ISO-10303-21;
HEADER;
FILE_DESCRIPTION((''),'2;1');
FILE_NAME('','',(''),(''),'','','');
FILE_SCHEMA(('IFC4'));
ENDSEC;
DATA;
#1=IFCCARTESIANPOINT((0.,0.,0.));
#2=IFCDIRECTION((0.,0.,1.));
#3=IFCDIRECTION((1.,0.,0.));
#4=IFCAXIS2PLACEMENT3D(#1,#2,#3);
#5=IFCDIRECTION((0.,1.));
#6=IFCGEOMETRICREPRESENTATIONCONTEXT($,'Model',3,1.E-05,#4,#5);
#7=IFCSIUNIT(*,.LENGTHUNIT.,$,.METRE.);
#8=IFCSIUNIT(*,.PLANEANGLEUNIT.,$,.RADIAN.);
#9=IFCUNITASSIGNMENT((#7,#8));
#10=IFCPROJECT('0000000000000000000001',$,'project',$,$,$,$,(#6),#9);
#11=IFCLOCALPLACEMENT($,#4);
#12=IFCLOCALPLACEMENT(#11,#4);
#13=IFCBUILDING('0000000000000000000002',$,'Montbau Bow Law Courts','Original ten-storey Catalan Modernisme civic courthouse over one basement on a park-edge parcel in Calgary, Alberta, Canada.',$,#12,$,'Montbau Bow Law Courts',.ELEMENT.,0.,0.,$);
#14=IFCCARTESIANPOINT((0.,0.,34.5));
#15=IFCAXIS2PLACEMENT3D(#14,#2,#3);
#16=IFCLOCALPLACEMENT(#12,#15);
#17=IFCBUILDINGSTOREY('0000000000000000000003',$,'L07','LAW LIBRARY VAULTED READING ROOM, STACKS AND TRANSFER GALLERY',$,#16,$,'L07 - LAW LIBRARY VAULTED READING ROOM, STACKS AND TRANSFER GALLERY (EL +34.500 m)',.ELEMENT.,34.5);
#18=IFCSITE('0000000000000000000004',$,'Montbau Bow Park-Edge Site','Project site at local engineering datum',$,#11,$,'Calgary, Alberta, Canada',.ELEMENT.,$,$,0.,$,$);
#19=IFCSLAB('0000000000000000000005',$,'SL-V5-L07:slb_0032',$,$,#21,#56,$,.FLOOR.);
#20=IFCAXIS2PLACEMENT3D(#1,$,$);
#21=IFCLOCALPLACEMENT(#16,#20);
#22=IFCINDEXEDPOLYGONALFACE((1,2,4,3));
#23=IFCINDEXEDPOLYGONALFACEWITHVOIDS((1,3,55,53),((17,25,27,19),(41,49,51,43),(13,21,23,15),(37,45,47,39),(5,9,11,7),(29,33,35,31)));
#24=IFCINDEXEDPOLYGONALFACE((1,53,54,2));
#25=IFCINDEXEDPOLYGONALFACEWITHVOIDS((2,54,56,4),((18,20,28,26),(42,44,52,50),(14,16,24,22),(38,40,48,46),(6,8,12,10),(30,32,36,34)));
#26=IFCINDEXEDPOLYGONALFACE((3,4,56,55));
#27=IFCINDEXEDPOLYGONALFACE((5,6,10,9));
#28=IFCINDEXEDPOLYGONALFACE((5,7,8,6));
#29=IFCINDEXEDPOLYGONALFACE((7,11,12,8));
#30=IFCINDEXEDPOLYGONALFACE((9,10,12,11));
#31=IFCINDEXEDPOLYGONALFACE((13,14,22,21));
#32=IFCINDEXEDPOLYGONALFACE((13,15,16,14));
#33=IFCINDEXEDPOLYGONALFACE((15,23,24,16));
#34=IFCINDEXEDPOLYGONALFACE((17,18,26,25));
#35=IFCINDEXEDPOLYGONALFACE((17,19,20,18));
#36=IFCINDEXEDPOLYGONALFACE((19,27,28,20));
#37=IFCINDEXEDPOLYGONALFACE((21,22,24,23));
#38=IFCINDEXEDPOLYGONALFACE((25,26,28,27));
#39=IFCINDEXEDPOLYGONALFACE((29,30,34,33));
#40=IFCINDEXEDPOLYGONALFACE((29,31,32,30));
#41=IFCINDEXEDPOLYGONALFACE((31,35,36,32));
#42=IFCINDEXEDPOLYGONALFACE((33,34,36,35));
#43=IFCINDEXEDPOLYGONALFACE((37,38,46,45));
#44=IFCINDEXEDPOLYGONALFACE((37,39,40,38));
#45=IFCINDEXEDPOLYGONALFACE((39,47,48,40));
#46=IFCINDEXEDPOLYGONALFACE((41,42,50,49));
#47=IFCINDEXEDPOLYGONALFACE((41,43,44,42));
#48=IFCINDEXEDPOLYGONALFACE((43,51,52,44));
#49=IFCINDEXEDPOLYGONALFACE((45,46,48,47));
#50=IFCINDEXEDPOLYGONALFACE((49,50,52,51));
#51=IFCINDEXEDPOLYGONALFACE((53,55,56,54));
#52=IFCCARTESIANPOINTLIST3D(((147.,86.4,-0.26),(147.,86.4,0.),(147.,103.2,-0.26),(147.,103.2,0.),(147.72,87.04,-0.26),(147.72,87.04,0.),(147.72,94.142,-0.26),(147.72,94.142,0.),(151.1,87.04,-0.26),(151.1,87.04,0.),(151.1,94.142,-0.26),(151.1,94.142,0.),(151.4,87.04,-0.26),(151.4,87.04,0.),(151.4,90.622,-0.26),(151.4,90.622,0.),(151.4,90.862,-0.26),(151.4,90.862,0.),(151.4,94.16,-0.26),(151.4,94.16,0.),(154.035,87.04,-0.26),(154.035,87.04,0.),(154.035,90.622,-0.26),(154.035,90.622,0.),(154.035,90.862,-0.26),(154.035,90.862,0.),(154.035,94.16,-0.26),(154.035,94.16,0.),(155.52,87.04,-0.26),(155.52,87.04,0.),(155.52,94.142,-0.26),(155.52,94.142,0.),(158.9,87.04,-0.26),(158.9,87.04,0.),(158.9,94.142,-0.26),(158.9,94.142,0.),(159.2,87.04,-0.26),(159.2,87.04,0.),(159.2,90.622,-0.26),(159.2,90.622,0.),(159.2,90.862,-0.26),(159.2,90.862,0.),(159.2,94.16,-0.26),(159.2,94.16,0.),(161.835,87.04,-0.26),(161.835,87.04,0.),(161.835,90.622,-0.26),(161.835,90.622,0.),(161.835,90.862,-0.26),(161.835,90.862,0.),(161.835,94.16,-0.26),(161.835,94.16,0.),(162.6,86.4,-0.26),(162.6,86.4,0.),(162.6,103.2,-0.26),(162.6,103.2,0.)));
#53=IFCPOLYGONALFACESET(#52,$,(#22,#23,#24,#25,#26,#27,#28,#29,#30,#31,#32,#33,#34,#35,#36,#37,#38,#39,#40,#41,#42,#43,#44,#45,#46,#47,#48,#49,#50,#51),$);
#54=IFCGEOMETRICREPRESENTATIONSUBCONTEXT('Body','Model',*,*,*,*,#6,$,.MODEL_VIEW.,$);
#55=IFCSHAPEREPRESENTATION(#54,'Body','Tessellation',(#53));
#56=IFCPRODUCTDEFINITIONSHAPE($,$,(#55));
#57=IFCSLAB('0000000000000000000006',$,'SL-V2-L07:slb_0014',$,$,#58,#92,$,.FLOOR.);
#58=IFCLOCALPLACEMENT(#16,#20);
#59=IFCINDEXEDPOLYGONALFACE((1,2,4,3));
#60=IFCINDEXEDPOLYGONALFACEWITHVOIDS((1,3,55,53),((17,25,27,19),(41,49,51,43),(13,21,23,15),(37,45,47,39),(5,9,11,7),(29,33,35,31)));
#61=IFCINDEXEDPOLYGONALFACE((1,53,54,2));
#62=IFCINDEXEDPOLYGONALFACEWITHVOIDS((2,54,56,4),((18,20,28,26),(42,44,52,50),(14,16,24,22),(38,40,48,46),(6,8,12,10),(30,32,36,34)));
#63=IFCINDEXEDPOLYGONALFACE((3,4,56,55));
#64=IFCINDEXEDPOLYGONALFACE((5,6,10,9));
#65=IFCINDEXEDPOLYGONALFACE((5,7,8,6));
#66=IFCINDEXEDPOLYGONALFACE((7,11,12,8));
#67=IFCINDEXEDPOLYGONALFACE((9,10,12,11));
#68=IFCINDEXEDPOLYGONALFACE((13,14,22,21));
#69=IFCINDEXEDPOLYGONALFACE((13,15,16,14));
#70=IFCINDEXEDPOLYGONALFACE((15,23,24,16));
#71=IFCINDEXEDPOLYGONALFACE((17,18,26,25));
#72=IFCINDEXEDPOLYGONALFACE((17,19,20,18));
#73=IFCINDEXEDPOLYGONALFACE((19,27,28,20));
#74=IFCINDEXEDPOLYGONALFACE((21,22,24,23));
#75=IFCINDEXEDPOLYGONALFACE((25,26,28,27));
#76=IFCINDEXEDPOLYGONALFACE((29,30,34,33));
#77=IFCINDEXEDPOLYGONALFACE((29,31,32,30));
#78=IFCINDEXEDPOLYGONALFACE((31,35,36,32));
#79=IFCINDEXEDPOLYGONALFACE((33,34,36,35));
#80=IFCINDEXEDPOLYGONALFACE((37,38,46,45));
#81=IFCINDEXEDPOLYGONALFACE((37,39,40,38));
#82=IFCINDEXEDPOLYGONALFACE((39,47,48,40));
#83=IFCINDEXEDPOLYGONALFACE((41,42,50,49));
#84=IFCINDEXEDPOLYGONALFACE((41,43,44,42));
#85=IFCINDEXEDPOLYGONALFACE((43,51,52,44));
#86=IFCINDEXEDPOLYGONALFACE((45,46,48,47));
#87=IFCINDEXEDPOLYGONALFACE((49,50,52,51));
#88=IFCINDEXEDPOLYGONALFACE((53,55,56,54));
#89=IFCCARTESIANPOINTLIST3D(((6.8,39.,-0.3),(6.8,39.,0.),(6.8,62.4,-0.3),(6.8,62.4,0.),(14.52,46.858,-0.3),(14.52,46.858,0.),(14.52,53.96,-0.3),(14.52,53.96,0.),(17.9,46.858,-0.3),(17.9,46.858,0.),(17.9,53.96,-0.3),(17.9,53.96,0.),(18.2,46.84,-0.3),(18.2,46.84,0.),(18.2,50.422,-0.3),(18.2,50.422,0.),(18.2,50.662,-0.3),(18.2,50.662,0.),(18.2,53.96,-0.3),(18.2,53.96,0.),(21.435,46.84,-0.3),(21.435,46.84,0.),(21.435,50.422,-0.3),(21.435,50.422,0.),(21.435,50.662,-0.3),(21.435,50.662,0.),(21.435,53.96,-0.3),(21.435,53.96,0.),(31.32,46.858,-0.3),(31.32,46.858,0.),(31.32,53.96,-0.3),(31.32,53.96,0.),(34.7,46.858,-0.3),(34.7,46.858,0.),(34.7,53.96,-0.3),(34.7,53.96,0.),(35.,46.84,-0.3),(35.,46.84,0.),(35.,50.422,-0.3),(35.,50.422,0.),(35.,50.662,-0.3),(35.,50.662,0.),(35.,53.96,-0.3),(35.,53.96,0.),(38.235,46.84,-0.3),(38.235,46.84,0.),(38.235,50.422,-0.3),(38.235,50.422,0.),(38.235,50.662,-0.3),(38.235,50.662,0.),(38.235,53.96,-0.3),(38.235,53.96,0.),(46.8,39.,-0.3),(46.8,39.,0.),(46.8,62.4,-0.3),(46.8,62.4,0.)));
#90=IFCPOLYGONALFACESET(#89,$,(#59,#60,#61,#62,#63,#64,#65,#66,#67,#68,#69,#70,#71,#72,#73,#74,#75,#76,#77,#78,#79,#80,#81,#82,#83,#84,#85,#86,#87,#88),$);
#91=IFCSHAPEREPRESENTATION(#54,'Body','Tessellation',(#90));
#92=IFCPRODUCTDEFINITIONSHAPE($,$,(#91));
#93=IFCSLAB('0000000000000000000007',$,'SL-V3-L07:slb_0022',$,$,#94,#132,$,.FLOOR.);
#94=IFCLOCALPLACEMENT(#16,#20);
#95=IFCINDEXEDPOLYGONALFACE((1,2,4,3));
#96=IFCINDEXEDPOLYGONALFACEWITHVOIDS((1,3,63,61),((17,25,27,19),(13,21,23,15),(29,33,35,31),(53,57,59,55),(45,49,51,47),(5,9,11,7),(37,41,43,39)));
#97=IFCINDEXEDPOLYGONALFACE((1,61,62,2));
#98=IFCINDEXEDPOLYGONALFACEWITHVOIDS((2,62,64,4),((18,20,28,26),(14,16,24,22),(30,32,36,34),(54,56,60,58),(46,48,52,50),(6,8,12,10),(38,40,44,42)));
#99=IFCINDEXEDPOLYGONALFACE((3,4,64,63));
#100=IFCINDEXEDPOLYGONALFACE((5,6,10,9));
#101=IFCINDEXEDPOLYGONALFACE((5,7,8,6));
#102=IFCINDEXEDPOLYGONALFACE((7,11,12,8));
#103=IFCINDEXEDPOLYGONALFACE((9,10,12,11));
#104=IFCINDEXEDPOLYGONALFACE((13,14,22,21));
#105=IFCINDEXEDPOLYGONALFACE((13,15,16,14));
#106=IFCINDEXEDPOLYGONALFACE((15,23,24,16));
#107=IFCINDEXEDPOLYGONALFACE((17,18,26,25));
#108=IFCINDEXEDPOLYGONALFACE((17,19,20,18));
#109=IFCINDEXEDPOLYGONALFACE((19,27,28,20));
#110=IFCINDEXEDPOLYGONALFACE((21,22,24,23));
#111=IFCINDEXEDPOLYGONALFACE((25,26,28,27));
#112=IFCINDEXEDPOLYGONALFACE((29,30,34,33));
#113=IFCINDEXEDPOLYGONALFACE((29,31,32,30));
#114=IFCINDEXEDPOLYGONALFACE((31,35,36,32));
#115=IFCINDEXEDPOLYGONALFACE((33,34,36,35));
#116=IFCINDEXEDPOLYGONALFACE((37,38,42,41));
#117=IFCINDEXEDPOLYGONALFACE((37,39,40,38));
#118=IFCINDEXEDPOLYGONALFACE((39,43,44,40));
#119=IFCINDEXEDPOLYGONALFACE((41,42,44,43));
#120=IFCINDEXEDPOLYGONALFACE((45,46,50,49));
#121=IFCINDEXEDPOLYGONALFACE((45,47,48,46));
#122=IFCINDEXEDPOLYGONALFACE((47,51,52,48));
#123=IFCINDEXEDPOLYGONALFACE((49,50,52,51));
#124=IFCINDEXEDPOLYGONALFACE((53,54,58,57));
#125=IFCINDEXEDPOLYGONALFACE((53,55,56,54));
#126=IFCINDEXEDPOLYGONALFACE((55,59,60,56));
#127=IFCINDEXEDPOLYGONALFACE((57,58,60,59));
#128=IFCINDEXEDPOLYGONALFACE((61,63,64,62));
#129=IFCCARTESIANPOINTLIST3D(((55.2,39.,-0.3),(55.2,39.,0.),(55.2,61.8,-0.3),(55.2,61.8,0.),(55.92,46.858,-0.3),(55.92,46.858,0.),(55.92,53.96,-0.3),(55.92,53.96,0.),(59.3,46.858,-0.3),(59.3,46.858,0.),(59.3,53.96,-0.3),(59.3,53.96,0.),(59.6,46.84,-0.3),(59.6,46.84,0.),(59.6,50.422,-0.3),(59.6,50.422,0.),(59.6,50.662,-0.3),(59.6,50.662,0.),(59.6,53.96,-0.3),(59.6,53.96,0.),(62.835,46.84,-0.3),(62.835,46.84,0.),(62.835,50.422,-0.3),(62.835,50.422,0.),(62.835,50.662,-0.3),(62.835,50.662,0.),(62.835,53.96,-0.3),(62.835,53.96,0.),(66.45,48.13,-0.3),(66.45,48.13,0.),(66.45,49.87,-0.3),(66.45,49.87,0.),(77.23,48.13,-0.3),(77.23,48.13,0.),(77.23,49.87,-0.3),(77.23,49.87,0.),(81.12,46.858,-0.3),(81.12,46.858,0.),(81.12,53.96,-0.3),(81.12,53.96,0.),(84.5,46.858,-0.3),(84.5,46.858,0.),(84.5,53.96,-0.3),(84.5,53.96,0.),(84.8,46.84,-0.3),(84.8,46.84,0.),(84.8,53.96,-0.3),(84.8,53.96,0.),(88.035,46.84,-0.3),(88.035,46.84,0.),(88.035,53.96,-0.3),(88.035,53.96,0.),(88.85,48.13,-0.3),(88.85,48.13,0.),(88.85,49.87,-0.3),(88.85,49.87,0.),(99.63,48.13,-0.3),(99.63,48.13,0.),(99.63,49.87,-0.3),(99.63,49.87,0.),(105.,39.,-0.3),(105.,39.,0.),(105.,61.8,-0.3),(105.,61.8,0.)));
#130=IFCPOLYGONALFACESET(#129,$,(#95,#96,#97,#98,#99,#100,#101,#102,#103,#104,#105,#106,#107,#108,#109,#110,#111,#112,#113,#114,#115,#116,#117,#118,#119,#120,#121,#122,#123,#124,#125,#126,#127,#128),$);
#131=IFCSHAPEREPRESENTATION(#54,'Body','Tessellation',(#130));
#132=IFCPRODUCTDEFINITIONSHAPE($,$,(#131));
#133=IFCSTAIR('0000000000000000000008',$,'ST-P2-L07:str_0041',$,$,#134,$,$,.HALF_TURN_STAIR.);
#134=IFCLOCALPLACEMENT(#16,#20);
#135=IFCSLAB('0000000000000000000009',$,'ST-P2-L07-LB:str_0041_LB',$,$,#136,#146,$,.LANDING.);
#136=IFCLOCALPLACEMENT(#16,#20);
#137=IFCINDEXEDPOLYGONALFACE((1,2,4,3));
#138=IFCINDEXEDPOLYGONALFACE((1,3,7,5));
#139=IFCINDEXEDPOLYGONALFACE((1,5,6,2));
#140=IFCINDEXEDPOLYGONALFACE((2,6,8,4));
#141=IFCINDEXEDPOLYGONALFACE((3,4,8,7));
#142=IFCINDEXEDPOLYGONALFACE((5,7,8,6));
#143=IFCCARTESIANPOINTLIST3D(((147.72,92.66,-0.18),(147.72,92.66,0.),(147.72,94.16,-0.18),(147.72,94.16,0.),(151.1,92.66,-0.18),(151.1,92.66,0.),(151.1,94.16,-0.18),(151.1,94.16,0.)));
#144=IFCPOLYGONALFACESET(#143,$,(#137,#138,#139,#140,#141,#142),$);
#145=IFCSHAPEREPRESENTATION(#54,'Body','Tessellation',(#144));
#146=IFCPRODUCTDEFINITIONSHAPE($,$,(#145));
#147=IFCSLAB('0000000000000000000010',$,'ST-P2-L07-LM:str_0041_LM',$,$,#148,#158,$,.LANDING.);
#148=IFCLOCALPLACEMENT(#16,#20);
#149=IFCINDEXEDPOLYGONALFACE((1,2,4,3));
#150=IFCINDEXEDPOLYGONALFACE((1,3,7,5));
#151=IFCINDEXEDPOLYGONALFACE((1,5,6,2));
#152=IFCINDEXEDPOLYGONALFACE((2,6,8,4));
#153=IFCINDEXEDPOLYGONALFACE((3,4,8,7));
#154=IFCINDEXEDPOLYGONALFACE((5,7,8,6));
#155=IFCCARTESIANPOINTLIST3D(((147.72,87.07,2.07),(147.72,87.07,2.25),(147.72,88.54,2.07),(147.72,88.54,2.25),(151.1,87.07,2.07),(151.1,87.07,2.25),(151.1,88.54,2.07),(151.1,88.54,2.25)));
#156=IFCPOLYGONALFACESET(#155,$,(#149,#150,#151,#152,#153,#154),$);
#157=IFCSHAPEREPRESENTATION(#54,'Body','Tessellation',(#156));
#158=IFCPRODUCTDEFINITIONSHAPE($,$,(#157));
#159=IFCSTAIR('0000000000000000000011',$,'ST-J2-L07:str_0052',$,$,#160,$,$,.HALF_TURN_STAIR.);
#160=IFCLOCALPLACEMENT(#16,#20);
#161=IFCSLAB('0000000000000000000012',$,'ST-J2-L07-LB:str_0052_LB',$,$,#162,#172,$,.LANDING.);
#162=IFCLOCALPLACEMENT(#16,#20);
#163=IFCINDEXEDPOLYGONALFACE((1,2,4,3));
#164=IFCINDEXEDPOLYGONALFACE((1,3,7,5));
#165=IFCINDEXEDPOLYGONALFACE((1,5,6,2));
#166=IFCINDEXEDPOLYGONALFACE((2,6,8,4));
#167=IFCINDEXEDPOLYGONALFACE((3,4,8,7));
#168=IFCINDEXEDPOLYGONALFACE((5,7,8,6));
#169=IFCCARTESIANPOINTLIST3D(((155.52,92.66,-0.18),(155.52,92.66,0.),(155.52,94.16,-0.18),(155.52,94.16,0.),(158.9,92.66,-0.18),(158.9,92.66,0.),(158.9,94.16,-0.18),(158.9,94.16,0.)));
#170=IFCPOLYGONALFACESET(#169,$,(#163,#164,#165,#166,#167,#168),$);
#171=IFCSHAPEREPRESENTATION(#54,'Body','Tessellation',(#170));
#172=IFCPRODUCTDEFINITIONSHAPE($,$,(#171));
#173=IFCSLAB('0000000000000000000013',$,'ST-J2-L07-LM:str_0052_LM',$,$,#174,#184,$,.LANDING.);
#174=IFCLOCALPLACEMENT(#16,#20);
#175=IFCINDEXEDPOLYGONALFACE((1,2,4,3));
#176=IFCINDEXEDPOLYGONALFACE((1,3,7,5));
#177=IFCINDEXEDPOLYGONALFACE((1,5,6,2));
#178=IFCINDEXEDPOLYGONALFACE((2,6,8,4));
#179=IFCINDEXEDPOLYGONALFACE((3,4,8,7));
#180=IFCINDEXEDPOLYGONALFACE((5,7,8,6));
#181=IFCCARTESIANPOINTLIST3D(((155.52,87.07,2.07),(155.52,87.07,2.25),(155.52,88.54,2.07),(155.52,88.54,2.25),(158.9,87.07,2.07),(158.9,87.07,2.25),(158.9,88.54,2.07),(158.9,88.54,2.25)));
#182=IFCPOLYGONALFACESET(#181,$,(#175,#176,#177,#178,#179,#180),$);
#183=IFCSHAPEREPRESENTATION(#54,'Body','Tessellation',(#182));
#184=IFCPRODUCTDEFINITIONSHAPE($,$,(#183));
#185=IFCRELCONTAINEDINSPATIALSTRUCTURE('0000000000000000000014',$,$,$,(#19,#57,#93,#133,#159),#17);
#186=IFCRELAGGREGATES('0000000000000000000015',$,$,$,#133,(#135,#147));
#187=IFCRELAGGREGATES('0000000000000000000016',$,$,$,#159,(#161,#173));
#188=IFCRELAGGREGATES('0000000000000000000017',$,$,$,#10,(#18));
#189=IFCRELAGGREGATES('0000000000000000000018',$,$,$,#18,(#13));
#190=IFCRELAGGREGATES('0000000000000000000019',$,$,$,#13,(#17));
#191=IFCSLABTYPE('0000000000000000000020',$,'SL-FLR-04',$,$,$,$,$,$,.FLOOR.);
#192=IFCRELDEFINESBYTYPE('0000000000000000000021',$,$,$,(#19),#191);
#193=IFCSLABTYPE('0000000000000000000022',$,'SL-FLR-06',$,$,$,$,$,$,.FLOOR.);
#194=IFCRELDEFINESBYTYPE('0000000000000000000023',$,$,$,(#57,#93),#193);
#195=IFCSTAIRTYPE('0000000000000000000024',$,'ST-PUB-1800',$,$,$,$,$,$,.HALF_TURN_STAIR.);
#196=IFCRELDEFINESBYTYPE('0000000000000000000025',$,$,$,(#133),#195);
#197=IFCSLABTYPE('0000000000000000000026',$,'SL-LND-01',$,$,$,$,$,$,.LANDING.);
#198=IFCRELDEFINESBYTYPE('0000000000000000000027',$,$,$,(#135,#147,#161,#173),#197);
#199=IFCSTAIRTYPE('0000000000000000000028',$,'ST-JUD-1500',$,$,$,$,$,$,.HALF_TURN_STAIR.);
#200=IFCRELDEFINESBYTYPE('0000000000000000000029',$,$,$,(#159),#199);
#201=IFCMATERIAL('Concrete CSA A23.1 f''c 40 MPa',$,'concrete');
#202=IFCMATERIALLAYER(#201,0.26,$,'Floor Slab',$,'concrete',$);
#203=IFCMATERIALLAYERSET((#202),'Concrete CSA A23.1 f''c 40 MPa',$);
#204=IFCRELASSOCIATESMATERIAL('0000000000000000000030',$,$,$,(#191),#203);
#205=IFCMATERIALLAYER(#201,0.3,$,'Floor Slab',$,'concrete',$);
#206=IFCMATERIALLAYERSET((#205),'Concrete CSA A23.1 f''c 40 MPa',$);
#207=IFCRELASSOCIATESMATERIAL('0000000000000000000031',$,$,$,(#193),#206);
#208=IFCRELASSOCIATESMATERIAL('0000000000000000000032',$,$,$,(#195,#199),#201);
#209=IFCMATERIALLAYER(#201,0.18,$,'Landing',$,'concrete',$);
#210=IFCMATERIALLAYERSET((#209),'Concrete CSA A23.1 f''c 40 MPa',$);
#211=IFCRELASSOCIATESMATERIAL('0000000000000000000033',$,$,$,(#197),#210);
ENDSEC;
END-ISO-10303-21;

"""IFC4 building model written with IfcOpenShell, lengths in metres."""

from ifc_helpers import new_model, si_unit, direction, frame, origin_with_axes, place, context, subcontext, project, spatial, polyline, outline, extrude, material, layer, layer_set, type_object, element, aggregate, save


model = new_model("IFC4")

# Units and contexts
model_context = context("Model", 3, precision=1e-05, world=origin_with_axes(), true_north=direction((0.0, 1.0)))
body_context = subcontext(model_context, "Body", "Model", "MODEL_VIEW")
ifc_project = project(units=[si_unit("LENGTHUNIT", "METRE"), si_unit("PLANEANGLEUNIT", "RADIAN")], contexts=[model_context])

# Site, building, storey
site_placement = place(None, origin_with_axes())
site = spatial("IfcSite", under=ifc_project, at=site_placement, Name="Montbau Bow Park-Edge Site", Description="Project site at local engineering datum", LongName="Calgary, Alberta, Canada", CompositionType="ELEMENT", RefElevation=0.0)
building_placement = place(site_placement, origin_with_axes())
building = spatial("IfcBuilding", under=site, at=building_placement, Name="Montbau Bow Law Courts", Description="Original ten-storey Catalan Modernisme civic courthouse over one basement on a park-edge parcel in Calgary, Alberta, Canada.", LongName="Montbau Bow Law Courts", CompositionType="ELEMENT", ElevationOfRefHeight=0.0, ElevationOfTerrain=0.0)
storey_placement = place(building_placement, frame((0.0, 0.0, 34.5), z_axis=(0.0, 0.0, 1.0), x_axis=(1.0, 0.0, 0.0)))
storey = spatial("IfcBuildingStorey", under=building, at=storey_placement, Name="L07", Description="LAW LIBRARY VAULTED READING ROOM, STACKS AND TRANSFER GALLERY", LongName="L07 - LAW LIBRARY VAULTED READING ROOM, STACKS AND TRANSFER GALLERY (EL +34.500 m)", CompositionType="ELEMENT", Elevation=34.5)

# Slabs
ifc_material_1 = material(Name="Concrete CSA A23.1 f'c 40 MPa", Category="concrete")
ifc_layer_1 = layer(ifc_material_1, 0.26, Name="Floor Slab", Category="concrete")
ifc_layer_set_1 = layer_set([ifc_layer_1], Name="Concrete CSA A23.1 f'c 40 MPa")
slab_type_1 = type_object("IfcSlabType", Name="SL-FLR-04", PredefinedType="FLOOR", material=ifc_layer_set_1)
slab_1_placement = place(None, frame((0.0, 0.0, 34.24), z_axis=(0.0, 0.0, 1.0), x_axis=(1.0, 0.0, 0.0)))
element("IfcSlab", 1, at=slab_1_placement, inside=storey, type_object=slab_type_1, Name="SL-V5-L07:slb_0032", PredefinedType="FLOOR", context=body_context, shape_type="SweptSolid", body=[
    extrude(outline(polyline([(147.0, 86.4), (162.6, 86.4), (162.6, 103.2), (147.0, 103.2), (147.0, 86.4)]), holes=[polyline([(147.72, 87.04), (151.1, 87.04), (151.1, 94.142), (147.72, 94.142), (147.72, 87.04)]), polyline([(151.4, 87.04), (154.035, 87.04), (154.035, 90.622), (151.4, 90.622), (151.4, 87.04)]), polyline([(151.4, 90.862), (154.035, 90.862), (154.035, 94.16), (151.4, 94.16), (151.4, 90.862)]), polyline([(155.52, 87.04), (158.9, 87.04), (158.9, 94.142), (155.52, 94.142), (155.52, 87.04)]), polyline([(159.2, 87.04), (161.835, 87.04), (161.835, 90.622), (159.2, 90.622), (159.2, 87.04)]), polyline([(159.2, 90.862), (161.835, 90.862), (161.835, 94.16), (159.2, 94.16), (159.2, 90.862)])]), origin_with_axes(), (0.0, 0.0, 1.0), 0.26),
])
ifc_layer_2 = layer(ifc_material_1, 0.3, Name="Floor Slab", Category="concrete")
ifc_layer_set_2 = layer_set([ifc_layer_2], Name="Concrete CSA A23.1 f'c 40 MPa")
slab_type_2 = type_object("IfcSlabType", Name="SL-FLR-06", PredefinedType="FLOOR", material=ifc_layer_set_2)
slab_2_placement = place(None, frame((0.0, 0.0, 34.2), z_axis=(0.0, 0.0, 1.0), x_axis=(1.0, 0.0, 0.0)))
element("IfcSlab", 2, at=slab_2_placement, inside=storey, type_object=slab_type_2, Name="SL-V2-L07:slb_0014", PredefinedType="FLOOR", context=body_context, shape_type="SweptSolid", body=[
    extrude(outline(polyline([(6.8, 39.0), (46.8, 39.0), (46.8, 62.4), (6.8, 62.4), (6.8, 39.0)]), holes=[polyline([(14.52, 46.858), (17.9, 46.858), (17.9, 53.96), (14.52, 53.96), (14.52, 46.858)]), polyline([(18.2, 46.84), (21.435, 46.84), (21.435, 50.422), (18.2, 50.422), (18.2, 46.84)]), polyline([(18.2, 50.662), (21.435, 50.662), (21.435, 53.96), (18.2, 53.96), (18.2, 50.662)]), polyline([(31.32, 46.858), (34.7, 46.858), (34.7, 53.96), (31.32, 53.96), (31.32, 46.858)]), polyline([(35.0, 46.84), (38.235, 46.84), (38.235, 50.422), (35.0, 50.422), (35.0, 46.84)]), polyline([(35.0, 50.662), (38.235, 50.662), (38.235, 53.96), (35.0, 53.96), (35.0, 50.662)])]), origin_with_axes(), (0.0, 0.0, 1.0), 0.3),
])
slab_3_placement = place(None, frame((0.0, 0.0, 34.2), z_axis=(0.0, 0.0, 1.0), x_axis=(1.0, 0.0, 0.0)))
element("IfcSlab", 3, at=slab_3_placement, inside=storey, type_object=slab_type_2, Name="SL-V3-L07:slb_0022", PredefinedType="FLOOR", context=body_context, shape_type="SweptSolid", body=[
    extrude(outline(polyline([(55.2, 39.0), (105.0, 39.0), (105.0, 61.8), (55.2, 61.8), (55.2, 39.0)]), holes=[polyline([(55.92, 46.858), (59.3, 46.858), (59.3, 53.96), (55.92, 53.96), (55.92, 46.858)]), polyline([(59.6, 46.84), (62.835, 46.84), (62.835, 50.422), (59.6, 50.422), (59.6, 46.84)]), polyline([(59.6, 50.662), (62.835, 50.662), (62.835, 53.96), (59.6, 53.96), (59.6, 50.662)]), polyline([(81.12, 46.858), (84.5, 46.858), (84.5, 53.96), (81.12, 53.96), (81.12, 46.858)]), polyline([(84.8, 46.84), (88.035, 46.84), (88.035, 53.96), (84.8, 53.96), (84.8, 46.84)]), polyline([(66.45, 48.13), (77.23, 48.13), (77.23, 49.87), (66.45, 49.87), (66.45, 48.13)]), polyline([(88.85, 48.13), (99.63, 48.13), (99.63, 49.87), (88.85, 49.87), (88.85, 48.13)])]), origin_with_axes(), (0.0, 0.0, 1.0), 0.3),
])

# Stairs, slabs
stair_type_1 = type_object("IfcStairType", Name="ST-PUB-1800", PredefinedType="HALF_TURN_STAIR", material=ifc_material_1)
stair_1_placement = place(None, frame((148.49, 92.7, 34.5), z_axis=(0.0, 0.0, 1.0), x_axis=(1.0, 0.0, 0.0)))
stair_1 = element("IfcStair", 4, at=stair_1_placement, inside=storey, type_object=stair_type_1, Name="ST-P2-L07:str_0041", PredefinedType="HALF_TURN_STAIR")
ifc_layer_3 = layer(ifc_material_1, 0.18, Name="Landing", Category="concrete")
ifc_layer_set_3 = layer_set([ifc_layer_3], Name="Concrete CSA A23.1 f'c 40 MPa")
slab_type_3 = type_object("IfcSlabType", Name="SL-LND-01", PredefinedType="LANDING", material=ifc_layer_set_3)
slab_4_placement = place(None, frame((0.0, 0.0, 34.32), z_axis=(0.0, 0.0, 1.0), x_axis=(1.0, 0.0, 0.0)))
slab_4 = element("IfcSlab", 5, at=slab_4_placement, type_object=slab_type_3, Name="ST-P2-L07-LB:str_0041_LB", PredefinedType="LANDING", context=body_context, shape_type="SweptSolid", body=[
    extrude(outline(polyline([(147.72, 92.66), (151.1, 92.66), (151.1, 94.16), (147.72, 94.16), (147.72, 92.66)])), origin_with_axes(), (0.0, 0.0, 1.0), 0.18),
])
slab_5_placement = place(None, frame((0.0, 0.0, 36.57), z_axis=(0.0, 0.0, 1.0), x_axis=(1.0, 0.0, 0.0)))
slab_5 = element("IfcSlab", 6, at=slab_5_placement, type_object=slab_type_3, Name="ST-P2-L07-LM:str_0041_LM", PredefinedType="LANDING", context=body_context, shape_type="SweptSolid", body=[
    extrude(outline(polyline([(147.72, 87.07), (151.1, 87.07), (151.1, 88.54), (147.72, 88.54), (147.72, 87.07)])), origin_with_axes(), (0.0, 0.0, 1.0), 0.18),
])
aggregate(stair_1, [slab_4, slab_5])
stair_type_2 = type_object("IfcStairType", Name="ST-JUD-1500", PredefinedType="HALF_TURN_STAIR", material=ifc_material_1)
stair_2_placement = place(None, frame((156.25, 92.7, 34.5), z_axis=(0.0, 0.0, 1.0), x_axis=(1.0, 0.0, 0.0)))
stair_2 = element("IfcStair", 7, at=stair_2_placement, inside=storey, type_object=stair_type_2, Name="ST-J2-L07:str_0052", PredefinedType="HALF_TURN_STAIR")
slab_6_placement = place(None, frame((0.0, 0.0, 34.32), z_axis=(0.0, 0.0, 1.0), x_axis=(1.0, 0.0, 0.0)))
slab_6 = element("IfcSlab", 8, at=slab_6_placement, type_object=slab_type_3, Name="ST-J2-L07-LB:str_0052_LB", PredefinedType="LANDING", context=body_context, shape_type="SweptSolid", body=[
    extrude(outline(polyline([(155.52, 92.66), (158.9, 92.66), (158.9, 94.16), (155.52, 94.16), (155.52, 92.66)])), origin_with_axes(), (0.0, 0.0, 1.0), 0.18),
])
slab_7_placement = place(None, frame((0.0, 0.0, 36.57), z_axis=(0.0, 0.0, 1.0), x_axis=(1.0, 0.0, 0.0)))
slab_7 = element("IfcSlab", 9, at=slab_7_placement, type_object=slab_type_3, Name="ST-J2-L07-LM:str_0052_LM", PredefinedType="LANDING", context=body_context, shape_type="SweptSolid", body=[
    extrude(outline(polyline([(155.52, 87.07), (158.9, 87.07), (158.9, 88.54), (155.52, 88.54), (155.52, 87.07)])), origin_with_axes(), (0.0, 0.0, 1.0), 0.18),
])
aggregate(stair_2, [slab_6, slab_7])

save(model, "model.ifc")
